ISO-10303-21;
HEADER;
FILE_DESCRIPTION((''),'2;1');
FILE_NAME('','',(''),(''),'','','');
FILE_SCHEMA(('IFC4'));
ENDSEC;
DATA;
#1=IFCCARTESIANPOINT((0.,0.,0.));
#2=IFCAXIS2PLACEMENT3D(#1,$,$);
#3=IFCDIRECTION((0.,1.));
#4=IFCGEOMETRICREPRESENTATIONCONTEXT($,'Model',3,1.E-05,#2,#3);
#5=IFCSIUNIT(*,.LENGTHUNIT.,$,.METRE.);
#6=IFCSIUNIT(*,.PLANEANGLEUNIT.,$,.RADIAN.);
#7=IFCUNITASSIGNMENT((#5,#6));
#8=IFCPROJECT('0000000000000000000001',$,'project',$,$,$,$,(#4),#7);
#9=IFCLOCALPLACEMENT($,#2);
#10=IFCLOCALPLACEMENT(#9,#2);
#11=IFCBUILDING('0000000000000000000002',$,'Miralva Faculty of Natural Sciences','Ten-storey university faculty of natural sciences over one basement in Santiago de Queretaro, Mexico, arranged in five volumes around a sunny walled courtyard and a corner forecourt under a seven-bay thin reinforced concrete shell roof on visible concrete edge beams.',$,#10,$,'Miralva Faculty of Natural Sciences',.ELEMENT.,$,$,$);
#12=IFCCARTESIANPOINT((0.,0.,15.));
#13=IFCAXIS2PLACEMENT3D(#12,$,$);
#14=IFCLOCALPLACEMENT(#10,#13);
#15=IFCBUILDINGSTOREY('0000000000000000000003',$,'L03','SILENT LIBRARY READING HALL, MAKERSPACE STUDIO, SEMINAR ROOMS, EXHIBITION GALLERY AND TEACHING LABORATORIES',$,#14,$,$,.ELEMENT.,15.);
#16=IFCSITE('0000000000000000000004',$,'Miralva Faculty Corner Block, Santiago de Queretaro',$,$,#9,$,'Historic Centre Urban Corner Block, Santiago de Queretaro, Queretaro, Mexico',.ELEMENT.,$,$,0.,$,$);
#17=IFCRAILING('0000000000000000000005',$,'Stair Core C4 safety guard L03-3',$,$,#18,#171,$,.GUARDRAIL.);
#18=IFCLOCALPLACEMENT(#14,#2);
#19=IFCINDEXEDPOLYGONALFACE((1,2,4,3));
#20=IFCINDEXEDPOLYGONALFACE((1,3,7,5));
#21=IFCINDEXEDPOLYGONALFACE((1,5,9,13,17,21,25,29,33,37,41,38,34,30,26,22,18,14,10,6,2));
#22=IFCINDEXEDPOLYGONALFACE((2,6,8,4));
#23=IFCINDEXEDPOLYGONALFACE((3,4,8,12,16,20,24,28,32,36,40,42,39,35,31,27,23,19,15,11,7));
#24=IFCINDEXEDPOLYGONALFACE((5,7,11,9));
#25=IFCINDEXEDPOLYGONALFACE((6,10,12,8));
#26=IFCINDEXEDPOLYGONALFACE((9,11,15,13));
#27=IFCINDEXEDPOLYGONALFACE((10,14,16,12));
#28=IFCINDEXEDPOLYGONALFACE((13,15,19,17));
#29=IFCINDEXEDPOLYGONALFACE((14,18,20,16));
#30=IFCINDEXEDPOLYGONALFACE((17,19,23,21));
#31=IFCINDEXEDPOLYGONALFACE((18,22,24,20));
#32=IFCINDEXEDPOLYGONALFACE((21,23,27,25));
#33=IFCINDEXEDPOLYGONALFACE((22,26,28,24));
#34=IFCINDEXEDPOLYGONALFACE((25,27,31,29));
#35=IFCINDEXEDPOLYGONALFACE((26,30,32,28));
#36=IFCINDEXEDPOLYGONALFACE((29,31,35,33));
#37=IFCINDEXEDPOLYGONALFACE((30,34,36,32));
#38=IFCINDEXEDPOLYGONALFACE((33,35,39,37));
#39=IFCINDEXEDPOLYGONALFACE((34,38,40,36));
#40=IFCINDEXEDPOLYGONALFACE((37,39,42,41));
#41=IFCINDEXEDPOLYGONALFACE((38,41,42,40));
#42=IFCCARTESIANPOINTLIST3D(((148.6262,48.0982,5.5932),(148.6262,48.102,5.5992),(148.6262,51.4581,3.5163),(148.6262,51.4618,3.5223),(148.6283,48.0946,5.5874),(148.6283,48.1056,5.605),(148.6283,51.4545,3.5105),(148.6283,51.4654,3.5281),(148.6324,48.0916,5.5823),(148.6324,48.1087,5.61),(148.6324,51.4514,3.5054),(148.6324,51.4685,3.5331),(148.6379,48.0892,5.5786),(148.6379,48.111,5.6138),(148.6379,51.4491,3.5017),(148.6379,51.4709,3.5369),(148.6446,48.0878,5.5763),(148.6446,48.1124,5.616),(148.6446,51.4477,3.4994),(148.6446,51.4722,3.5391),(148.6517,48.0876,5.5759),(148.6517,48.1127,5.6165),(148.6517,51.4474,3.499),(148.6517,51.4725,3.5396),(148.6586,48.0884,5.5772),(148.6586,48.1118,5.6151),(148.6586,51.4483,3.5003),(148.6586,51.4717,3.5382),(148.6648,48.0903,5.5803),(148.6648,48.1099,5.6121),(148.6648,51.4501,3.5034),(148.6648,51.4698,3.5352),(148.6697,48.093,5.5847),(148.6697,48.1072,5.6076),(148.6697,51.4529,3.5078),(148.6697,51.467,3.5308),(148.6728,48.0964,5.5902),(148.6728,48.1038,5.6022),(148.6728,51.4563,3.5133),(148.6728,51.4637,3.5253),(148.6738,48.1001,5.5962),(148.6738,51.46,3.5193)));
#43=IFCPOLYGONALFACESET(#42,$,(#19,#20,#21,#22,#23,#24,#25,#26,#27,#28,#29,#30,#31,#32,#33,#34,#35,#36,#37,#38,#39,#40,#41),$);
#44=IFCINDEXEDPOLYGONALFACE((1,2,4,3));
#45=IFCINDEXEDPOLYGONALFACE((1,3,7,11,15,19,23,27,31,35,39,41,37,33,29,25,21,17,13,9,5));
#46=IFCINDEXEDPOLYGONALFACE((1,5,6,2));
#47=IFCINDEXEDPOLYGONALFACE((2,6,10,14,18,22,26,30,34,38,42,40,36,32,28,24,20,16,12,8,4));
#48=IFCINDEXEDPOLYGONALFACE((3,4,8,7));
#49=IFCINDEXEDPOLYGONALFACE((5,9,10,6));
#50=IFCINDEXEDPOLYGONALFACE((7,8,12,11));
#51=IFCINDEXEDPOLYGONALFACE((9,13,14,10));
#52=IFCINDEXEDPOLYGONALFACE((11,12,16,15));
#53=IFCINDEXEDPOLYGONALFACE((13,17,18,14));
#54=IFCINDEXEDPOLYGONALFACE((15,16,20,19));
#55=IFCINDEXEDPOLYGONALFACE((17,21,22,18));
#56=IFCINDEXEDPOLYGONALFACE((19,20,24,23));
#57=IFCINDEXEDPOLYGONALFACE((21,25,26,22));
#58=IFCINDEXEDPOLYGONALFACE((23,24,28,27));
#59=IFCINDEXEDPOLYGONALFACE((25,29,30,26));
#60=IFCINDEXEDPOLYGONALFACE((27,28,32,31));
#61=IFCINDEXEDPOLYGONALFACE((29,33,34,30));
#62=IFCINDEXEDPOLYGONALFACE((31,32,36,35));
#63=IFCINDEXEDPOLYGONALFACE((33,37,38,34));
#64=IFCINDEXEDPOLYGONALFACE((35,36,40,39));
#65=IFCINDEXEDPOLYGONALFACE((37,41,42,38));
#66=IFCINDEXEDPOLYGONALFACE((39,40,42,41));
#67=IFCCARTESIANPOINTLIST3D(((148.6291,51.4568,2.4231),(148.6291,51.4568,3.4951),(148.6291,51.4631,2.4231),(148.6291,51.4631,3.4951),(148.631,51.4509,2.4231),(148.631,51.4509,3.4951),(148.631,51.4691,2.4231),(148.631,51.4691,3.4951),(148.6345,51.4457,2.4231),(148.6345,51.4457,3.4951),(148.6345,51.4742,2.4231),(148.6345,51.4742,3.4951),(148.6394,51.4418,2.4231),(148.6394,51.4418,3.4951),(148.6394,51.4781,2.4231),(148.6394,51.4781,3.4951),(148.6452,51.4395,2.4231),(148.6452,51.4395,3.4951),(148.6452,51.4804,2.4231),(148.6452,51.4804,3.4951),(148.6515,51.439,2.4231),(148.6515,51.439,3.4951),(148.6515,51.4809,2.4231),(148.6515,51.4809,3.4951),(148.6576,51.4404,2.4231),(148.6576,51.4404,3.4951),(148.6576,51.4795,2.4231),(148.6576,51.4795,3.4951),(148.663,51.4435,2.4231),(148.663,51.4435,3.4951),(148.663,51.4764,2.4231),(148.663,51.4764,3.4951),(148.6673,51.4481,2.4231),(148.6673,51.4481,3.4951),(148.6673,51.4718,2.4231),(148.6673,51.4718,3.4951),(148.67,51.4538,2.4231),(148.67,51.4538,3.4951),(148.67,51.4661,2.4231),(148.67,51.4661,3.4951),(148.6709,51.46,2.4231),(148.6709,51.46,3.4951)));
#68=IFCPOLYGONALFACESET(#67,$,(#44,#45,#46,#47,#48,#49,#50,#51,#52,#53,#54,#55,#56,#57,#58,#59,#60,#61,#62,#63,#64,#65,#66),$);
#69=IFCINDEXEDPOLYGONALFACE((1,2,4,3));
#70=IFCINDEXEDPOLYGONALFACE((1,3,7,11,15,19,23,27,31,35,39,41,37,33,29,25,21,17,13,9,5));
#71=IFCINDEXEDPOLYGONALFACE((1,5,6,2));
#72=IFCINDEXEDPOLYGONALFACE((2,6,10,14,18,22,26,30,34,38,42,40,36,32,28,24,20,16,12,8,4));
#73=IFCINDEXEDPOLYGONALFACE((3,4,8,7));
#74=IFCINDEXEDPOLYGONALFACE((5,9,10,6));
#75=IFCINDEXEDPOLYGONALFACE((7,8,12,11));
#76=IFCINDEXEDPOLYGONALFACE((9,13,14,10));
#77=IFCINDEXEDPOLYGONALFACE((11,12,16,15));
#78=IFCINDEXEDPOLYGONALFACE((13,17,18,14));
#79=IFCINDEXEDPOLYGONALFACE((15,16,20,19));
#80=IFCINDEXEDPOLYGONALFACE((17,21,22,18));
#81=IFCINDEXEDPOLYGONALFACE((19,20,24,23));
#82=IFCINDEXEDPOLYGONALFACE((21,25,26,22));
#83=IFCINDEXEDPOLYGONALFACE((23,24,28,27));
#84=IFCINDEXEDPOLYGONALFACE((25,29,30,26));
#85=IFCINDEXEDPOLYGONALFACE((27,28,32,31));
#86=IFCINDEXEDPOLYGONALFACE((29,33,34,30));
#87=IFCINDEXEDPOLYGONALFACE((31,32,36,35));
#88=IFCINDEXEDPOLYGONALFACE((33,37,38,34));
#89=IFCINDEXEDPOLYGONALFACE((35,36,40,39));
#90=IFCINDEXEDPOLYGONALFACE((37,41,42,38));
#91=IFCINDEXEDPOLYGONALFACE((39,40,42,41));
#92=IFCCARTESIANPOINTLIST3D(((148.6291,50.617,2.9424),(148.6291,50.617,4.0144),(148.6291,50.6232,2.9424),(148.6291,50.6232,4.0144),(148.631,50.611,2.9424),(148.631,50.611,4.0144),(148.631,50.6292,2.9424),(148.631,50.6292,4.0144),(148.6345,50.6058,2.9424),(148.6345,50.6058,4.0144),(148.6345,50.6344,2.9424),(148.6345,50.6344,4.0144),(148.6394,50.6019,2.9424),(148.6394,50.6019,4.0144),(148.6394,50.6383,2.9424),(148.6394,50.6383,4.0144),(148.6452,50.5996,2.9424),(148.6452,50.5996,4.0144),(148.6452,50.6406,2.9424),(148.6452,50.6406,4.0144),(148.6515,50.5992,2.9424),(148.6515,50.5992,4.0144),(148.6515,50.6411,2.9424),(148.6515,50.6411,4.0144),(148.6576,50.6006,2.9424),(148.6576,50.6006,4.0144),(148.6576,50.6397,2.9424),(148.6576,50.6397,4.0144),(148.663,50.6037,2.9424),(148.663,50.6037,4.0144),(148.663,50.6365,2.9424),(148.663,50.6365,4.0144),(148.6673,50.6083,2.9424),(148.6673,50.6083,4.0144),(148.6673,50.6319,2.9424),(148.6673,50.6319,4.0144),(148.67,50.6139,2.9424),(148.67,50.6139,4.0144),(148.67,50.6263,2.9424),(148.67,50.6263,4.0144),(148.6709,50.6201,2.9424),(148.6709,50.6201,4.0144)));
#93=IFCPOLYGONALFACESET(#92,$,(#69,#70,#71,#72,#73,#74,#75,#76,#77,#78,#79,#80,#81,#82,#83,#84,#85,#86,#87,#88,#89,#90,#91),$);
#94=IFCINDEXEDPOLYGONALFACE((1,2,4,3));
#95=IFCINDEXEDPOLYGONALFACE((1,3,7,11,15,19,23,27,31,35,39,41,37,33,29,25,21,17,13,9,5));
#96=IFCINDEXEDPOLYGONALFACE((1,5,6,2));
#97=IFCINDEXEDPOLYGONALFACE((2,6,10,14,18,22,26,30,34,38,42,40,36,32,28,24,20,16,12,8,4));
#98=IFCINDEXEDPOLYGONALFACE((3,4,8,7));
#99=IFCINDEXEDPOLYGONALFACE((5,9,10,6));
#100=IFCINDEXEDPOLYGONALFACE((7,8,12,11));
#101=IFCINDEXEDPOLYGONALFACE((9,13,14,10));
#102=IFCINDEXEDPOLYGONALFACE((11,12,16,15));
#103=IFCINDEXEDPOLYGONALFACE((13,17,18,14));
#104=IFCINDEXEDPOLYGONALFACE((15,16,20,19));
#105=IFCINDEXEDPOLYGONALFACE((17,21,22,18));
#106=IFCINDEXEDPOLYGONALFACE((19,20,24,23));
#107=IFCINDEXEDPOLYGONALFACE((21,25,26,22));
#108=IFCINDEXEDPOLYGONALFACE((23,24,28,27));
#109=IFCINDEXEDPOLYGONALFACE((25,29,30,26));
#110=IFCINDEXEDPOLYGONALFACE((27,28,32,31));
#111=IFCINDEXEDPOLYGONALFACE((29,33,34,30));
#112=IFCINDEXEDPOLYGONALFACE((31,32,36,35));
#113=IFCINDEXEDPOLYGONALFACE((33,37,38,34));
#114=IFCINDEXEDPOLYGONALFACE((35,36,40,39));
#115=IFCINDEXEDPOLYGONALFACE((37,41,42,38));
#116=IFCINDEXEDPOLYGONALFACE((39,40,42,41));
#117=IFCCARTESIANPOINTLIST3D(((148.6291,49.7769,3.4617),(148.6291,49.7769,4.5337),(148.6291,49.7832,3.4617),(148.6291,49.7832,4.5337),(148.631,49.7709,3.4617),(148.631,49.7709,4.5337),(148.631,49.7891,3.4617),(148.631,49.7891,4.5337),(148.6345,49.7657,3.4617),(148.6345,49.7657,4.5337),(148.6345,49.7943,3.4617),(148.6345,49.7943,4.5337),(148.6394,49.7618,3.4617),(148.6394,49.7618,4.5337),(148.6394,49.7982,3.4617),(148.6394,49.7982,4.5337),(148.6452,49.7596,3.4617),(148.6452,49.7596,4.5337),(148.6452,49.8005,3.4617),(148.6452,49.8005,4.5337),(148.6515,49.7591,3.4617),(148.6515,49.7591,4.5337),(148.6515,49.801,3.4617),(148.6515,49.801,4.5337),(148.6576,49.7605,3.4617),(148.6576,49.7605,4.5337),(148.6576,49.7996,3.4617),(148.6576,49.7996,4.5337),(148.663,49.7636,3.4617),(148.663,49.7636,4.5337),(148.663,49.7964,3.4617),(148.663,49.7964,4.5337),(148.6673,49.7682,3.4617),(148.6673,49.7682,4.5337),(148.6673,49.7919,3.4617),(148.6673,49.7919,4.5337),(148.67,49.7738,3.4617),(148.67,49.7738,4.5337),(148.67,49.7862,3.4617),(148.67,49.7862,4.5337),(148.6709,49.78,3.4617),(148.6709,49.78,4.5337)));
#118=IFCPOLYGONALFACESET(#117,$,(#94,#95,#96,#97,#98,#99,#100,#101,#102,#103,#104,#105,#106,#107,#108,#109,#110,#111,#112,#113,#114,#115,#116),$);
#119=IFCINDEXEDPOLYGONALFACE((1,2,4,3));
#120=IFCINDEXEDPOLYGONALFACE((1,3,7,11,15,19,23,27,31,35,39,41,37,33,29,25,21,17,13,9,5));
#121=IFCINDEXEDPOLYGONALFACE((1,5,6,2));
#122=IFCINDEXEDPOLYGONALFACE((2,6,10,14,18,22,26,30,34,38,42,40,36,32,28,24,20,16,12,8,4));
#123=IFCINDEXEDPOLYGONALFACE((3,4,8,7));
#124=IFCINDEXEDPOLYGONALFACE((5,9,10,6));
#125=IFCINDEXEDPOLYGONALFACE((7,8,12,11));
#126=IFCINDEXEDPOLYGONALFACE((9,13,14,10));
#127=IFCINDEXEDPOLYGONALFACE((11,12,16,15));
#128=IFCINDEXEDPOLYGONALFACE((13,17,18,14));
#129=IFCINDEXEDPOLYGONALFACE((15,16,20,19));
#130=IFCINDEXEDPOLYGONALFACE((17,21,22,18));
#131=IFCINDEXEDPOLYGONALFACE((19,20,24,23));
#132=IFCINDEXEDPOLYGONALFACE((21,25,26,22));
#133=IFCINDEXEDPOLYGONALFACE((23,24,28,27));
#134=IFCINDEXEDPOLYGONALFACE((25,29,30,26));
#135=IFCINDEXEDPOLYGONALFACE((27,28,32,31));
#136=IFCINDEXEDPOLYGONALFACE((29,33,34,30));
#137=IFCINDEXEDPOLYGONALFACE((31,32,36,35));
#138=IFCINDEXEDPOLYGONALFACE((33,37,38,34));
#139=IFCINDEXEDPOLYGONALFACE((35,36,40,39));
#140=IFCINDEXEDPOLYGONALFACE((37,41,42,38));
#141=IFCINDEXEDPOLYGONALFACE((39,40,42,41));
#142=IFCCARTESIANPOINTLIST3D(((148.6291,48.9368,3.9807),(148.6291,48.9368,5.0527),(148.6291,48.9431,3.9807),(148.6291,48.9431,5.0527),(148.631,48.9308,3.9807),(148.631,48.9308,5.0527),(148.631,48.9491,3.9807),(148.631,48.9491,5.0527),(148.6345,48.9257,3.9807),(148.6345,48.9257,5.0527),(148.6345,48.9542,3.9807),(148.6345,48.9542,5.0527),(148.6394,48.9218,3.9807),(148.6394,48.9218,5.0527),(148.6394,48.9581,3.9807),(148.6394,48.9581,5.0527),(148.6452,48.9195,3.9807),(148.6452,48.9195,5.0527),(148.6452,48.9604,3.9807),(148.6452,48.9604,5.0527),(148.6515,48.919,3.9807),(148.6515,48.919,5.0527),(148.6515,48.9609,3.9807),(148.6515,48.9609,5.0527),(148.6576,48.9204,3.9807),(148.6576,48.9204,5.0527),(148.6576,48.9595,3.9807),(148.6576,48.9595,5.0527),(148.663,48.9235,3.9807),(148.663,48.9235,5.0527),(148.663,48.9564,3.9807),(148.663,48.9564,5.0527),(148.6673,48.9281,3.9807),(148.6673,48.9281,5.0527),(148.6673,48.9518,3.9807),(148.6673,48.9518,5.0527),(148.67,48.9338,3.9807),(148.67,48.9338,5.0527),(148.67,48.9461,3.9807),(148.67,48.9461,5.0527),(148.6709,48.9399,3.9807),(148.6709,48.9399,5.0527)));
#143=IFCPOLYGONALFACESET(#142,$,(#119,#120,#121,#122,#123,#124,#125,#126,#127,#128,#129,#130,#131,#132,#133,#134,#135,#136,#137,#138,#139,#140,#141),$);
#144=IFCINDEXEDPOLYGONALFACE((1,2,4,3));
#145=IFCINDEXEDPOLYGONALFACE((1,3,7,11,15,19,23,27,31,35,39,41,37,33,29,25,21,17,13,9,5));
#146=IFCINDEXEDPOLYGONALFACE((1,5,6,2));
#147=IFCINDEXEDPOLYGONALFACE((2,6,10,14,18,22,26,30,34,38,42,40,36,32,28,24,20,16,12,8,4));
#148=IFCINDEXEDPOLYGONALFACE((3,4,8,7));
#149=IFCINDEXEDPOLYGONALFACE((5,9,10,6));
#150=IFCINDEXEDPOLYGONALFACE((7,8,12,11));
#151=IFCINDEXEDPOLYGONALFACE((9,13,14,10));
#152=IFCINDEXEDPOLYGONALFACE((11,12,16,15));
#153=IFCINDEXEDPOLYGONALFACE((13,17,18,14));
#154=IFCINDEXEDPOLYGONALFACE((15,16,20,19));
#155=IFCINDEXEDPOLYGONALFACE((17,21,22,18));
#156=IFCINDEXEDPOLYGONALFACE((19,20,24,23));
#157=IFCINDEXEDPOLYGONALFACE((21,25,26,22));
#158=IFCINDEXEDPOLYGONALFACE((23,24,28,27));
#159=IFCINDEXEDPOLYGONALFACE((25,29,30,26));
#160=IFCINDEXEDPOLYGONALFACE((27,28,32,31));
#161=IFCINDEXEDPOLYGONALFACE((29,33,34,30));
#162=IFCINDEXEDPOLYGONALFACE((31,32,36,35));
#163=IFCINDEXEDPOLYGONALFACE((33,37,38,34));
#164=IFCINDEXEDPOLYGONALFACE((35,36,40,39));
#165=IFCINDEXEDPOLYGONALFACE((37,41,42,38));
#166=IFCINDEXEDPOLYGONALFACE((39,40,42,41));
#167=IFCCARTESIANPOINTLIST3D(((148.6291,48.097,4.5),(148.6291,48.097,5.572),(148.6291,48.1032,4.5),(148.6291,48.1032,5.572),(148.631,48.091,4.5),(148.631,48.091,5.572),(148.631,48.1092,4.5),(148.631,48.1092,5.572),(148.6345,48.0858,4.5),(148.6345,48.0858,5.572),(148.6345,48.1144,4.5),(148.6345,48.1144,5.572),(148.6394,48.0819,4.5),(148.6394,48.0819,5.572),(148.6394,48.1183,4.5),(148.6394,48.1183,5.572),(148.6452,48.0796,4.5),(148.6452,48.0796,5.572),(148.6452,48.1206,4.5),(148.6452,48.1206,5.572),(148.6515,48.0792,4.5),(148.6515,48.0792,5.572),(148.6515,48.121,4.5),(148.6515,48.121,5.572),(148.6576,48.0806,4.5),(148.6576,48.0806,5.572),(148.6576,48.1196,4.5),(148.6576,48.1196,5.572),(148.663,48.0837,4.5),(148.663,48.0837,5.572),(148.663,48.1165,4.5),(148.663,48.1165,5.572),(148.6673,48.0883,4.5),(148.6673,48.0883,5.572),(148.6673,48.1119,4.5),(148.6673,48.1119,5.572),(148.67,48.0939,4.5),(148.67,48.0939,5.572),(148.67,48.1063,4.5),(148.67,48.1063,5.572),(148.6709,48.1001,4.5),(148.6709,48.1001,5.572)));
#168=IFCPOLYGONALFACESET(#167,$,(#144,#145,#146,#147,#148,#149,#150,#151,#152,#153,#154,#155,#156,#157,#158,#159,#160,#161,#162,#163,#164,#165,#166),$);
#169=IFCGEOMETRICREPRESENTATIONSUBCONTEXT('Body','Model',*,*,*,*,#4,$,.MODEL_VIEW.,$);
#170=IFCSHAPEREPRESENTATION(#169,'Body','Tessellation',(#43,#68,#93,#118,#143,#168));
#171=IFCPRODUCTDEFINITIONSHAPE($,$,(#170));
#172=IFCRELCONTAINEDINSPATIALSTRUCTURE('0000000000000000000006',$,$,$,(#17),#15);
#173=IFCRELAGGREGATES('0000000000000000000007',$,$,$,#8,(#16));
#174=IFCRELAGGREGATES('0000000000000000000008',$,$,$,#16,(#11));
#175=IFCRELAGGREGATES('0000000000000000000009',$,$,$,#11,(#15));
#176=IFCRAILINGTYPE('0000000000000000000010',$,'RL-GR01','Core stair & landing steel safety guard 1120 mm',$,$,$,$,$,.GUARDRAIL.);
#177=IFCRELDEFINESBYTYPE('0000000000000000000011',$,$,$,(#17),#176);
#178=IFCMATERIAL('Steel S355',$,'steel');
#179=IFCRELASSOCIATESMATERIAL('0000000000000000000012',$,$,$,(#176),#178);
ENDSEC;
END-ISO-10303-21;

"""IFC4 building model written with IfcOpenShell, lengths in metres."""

from ifc_helpers import new_model, si_unit, direction, frame, origin, origin_2d, place, context, subcontext, project, spatial, circle, extrude, material, type_object, element, save


model = new_model("IFC4")

# Units and contexts
model_context = context("Model", 3, precision=1e-05, world=origin(), true_north=direction((0.0, 1.0)))
body_context = subcontext(model_context, "Body", "Model", "MODEL_VIEW")
ifc_project = project(units=[si_unit("LENGTHUNIT", "METRE"), si_unit("PLANEANGLEUNIT", "RADIAN")], contexts=[model_context])

# Site, building, storey
site_placement = place(None, origin())
site = spatial("IfcSite", under=ifc_project, at=site_placement, Name="Miralva Faculty Corner Block, Santiago de Queretaro", LongName="Historic Centre Urban Corner Block, Santiago de Queretaro, Queretaro, Mexico", CompositionType="ELEMENT", RefElevation=0.0)
building_placement = place(site_placement, origin())
building = spatial("IfcBuilding", under=site, at=building_placement, Name="Miralva Faculty of Natural Sciences", Description="Ten-storey university faculty of natural sciences over one basement in Santiago de Queretaro, Mexico, arranged in five volumes around a sunny walled courtyard and a corner forecourt under a seven-bay thin reinforced concrete shell roof on visible concrete edge beams.", LongName="Miralva Faculty of Natural Sciences", CompositionType="ELEMENT")
storey_placement = place(building_placement, frame((0.0, 0.0, 15.0)))
storey = spatial("IfcBuildingStorey", under=building, at=storey_placement, Name="L03", Description="SILENT LIBRARY READING HALL, MAKERSPACE STUDIO, SEMINAR ROOMS, EXHIBITION GALLERY AND TEACHING LABORATORIES", CompositionType="ELEMENT", Elevation=15.0)

# Railing
ifc_material_1 = material(Name="Steel S355", Category="steel")
railing_type_1 = type_object("IfcRailingType", Name="RL-GR01", Description="Core stair & landing steel safety guard 1120 mm", PredefinedType="GUARDRAIL", material=ifc_material_1)
railing_1_placement = place(storey_placement, frame((148.6499, 51.46, 2.4231)))
element("IfcRailing", 1, at=railing_1_placement, inside=storey, type_object=railing_type_1, Name="Stair Core C4 safety guard L03-3", PredefinedType="GUARDRAIL", context=body_context, shape_type="SweptSolid", body=[
    extrude(circle(Radius=0.0239, at=origin_2d()), frame((0.0, 0.0, 1.0962), z_axis=(0.0, -0.850606, 0.525803), x_axis=(1.0, 0.0, 0.0)), (0.0, 0.0, 1.0), 3.95),
    extrude(circle(Radius=0.021, at=origin_2d()), origin(), (0.0, 0.0, 1.0), 1.072),
    extrude(circle(Radius=0.021, at=origin_2d()), frame((0.0, -0.8398, 0.5193)), (0.0, 0.0, 1.0), 1.072),
    extrude(circle(Radius=0.021, at=origin_2d()), frame((0.0, -1.6799, 1.0386)), (0.0, 0.0, 1.0), 1.072),
    extrude(circle(Radius=0.021, at=origin_2d()), frame((0.0, -2.52, 1.5576)), (0.0, 0.0, 1.0), 1.072),
    extrude(circle(Radius=0.021, at=origin_2d()), frame((0.0, -3.3599, 2.0769)), (0.0, 0.0, 1.0), 1.072),
])

save(model, "model.ifc")
